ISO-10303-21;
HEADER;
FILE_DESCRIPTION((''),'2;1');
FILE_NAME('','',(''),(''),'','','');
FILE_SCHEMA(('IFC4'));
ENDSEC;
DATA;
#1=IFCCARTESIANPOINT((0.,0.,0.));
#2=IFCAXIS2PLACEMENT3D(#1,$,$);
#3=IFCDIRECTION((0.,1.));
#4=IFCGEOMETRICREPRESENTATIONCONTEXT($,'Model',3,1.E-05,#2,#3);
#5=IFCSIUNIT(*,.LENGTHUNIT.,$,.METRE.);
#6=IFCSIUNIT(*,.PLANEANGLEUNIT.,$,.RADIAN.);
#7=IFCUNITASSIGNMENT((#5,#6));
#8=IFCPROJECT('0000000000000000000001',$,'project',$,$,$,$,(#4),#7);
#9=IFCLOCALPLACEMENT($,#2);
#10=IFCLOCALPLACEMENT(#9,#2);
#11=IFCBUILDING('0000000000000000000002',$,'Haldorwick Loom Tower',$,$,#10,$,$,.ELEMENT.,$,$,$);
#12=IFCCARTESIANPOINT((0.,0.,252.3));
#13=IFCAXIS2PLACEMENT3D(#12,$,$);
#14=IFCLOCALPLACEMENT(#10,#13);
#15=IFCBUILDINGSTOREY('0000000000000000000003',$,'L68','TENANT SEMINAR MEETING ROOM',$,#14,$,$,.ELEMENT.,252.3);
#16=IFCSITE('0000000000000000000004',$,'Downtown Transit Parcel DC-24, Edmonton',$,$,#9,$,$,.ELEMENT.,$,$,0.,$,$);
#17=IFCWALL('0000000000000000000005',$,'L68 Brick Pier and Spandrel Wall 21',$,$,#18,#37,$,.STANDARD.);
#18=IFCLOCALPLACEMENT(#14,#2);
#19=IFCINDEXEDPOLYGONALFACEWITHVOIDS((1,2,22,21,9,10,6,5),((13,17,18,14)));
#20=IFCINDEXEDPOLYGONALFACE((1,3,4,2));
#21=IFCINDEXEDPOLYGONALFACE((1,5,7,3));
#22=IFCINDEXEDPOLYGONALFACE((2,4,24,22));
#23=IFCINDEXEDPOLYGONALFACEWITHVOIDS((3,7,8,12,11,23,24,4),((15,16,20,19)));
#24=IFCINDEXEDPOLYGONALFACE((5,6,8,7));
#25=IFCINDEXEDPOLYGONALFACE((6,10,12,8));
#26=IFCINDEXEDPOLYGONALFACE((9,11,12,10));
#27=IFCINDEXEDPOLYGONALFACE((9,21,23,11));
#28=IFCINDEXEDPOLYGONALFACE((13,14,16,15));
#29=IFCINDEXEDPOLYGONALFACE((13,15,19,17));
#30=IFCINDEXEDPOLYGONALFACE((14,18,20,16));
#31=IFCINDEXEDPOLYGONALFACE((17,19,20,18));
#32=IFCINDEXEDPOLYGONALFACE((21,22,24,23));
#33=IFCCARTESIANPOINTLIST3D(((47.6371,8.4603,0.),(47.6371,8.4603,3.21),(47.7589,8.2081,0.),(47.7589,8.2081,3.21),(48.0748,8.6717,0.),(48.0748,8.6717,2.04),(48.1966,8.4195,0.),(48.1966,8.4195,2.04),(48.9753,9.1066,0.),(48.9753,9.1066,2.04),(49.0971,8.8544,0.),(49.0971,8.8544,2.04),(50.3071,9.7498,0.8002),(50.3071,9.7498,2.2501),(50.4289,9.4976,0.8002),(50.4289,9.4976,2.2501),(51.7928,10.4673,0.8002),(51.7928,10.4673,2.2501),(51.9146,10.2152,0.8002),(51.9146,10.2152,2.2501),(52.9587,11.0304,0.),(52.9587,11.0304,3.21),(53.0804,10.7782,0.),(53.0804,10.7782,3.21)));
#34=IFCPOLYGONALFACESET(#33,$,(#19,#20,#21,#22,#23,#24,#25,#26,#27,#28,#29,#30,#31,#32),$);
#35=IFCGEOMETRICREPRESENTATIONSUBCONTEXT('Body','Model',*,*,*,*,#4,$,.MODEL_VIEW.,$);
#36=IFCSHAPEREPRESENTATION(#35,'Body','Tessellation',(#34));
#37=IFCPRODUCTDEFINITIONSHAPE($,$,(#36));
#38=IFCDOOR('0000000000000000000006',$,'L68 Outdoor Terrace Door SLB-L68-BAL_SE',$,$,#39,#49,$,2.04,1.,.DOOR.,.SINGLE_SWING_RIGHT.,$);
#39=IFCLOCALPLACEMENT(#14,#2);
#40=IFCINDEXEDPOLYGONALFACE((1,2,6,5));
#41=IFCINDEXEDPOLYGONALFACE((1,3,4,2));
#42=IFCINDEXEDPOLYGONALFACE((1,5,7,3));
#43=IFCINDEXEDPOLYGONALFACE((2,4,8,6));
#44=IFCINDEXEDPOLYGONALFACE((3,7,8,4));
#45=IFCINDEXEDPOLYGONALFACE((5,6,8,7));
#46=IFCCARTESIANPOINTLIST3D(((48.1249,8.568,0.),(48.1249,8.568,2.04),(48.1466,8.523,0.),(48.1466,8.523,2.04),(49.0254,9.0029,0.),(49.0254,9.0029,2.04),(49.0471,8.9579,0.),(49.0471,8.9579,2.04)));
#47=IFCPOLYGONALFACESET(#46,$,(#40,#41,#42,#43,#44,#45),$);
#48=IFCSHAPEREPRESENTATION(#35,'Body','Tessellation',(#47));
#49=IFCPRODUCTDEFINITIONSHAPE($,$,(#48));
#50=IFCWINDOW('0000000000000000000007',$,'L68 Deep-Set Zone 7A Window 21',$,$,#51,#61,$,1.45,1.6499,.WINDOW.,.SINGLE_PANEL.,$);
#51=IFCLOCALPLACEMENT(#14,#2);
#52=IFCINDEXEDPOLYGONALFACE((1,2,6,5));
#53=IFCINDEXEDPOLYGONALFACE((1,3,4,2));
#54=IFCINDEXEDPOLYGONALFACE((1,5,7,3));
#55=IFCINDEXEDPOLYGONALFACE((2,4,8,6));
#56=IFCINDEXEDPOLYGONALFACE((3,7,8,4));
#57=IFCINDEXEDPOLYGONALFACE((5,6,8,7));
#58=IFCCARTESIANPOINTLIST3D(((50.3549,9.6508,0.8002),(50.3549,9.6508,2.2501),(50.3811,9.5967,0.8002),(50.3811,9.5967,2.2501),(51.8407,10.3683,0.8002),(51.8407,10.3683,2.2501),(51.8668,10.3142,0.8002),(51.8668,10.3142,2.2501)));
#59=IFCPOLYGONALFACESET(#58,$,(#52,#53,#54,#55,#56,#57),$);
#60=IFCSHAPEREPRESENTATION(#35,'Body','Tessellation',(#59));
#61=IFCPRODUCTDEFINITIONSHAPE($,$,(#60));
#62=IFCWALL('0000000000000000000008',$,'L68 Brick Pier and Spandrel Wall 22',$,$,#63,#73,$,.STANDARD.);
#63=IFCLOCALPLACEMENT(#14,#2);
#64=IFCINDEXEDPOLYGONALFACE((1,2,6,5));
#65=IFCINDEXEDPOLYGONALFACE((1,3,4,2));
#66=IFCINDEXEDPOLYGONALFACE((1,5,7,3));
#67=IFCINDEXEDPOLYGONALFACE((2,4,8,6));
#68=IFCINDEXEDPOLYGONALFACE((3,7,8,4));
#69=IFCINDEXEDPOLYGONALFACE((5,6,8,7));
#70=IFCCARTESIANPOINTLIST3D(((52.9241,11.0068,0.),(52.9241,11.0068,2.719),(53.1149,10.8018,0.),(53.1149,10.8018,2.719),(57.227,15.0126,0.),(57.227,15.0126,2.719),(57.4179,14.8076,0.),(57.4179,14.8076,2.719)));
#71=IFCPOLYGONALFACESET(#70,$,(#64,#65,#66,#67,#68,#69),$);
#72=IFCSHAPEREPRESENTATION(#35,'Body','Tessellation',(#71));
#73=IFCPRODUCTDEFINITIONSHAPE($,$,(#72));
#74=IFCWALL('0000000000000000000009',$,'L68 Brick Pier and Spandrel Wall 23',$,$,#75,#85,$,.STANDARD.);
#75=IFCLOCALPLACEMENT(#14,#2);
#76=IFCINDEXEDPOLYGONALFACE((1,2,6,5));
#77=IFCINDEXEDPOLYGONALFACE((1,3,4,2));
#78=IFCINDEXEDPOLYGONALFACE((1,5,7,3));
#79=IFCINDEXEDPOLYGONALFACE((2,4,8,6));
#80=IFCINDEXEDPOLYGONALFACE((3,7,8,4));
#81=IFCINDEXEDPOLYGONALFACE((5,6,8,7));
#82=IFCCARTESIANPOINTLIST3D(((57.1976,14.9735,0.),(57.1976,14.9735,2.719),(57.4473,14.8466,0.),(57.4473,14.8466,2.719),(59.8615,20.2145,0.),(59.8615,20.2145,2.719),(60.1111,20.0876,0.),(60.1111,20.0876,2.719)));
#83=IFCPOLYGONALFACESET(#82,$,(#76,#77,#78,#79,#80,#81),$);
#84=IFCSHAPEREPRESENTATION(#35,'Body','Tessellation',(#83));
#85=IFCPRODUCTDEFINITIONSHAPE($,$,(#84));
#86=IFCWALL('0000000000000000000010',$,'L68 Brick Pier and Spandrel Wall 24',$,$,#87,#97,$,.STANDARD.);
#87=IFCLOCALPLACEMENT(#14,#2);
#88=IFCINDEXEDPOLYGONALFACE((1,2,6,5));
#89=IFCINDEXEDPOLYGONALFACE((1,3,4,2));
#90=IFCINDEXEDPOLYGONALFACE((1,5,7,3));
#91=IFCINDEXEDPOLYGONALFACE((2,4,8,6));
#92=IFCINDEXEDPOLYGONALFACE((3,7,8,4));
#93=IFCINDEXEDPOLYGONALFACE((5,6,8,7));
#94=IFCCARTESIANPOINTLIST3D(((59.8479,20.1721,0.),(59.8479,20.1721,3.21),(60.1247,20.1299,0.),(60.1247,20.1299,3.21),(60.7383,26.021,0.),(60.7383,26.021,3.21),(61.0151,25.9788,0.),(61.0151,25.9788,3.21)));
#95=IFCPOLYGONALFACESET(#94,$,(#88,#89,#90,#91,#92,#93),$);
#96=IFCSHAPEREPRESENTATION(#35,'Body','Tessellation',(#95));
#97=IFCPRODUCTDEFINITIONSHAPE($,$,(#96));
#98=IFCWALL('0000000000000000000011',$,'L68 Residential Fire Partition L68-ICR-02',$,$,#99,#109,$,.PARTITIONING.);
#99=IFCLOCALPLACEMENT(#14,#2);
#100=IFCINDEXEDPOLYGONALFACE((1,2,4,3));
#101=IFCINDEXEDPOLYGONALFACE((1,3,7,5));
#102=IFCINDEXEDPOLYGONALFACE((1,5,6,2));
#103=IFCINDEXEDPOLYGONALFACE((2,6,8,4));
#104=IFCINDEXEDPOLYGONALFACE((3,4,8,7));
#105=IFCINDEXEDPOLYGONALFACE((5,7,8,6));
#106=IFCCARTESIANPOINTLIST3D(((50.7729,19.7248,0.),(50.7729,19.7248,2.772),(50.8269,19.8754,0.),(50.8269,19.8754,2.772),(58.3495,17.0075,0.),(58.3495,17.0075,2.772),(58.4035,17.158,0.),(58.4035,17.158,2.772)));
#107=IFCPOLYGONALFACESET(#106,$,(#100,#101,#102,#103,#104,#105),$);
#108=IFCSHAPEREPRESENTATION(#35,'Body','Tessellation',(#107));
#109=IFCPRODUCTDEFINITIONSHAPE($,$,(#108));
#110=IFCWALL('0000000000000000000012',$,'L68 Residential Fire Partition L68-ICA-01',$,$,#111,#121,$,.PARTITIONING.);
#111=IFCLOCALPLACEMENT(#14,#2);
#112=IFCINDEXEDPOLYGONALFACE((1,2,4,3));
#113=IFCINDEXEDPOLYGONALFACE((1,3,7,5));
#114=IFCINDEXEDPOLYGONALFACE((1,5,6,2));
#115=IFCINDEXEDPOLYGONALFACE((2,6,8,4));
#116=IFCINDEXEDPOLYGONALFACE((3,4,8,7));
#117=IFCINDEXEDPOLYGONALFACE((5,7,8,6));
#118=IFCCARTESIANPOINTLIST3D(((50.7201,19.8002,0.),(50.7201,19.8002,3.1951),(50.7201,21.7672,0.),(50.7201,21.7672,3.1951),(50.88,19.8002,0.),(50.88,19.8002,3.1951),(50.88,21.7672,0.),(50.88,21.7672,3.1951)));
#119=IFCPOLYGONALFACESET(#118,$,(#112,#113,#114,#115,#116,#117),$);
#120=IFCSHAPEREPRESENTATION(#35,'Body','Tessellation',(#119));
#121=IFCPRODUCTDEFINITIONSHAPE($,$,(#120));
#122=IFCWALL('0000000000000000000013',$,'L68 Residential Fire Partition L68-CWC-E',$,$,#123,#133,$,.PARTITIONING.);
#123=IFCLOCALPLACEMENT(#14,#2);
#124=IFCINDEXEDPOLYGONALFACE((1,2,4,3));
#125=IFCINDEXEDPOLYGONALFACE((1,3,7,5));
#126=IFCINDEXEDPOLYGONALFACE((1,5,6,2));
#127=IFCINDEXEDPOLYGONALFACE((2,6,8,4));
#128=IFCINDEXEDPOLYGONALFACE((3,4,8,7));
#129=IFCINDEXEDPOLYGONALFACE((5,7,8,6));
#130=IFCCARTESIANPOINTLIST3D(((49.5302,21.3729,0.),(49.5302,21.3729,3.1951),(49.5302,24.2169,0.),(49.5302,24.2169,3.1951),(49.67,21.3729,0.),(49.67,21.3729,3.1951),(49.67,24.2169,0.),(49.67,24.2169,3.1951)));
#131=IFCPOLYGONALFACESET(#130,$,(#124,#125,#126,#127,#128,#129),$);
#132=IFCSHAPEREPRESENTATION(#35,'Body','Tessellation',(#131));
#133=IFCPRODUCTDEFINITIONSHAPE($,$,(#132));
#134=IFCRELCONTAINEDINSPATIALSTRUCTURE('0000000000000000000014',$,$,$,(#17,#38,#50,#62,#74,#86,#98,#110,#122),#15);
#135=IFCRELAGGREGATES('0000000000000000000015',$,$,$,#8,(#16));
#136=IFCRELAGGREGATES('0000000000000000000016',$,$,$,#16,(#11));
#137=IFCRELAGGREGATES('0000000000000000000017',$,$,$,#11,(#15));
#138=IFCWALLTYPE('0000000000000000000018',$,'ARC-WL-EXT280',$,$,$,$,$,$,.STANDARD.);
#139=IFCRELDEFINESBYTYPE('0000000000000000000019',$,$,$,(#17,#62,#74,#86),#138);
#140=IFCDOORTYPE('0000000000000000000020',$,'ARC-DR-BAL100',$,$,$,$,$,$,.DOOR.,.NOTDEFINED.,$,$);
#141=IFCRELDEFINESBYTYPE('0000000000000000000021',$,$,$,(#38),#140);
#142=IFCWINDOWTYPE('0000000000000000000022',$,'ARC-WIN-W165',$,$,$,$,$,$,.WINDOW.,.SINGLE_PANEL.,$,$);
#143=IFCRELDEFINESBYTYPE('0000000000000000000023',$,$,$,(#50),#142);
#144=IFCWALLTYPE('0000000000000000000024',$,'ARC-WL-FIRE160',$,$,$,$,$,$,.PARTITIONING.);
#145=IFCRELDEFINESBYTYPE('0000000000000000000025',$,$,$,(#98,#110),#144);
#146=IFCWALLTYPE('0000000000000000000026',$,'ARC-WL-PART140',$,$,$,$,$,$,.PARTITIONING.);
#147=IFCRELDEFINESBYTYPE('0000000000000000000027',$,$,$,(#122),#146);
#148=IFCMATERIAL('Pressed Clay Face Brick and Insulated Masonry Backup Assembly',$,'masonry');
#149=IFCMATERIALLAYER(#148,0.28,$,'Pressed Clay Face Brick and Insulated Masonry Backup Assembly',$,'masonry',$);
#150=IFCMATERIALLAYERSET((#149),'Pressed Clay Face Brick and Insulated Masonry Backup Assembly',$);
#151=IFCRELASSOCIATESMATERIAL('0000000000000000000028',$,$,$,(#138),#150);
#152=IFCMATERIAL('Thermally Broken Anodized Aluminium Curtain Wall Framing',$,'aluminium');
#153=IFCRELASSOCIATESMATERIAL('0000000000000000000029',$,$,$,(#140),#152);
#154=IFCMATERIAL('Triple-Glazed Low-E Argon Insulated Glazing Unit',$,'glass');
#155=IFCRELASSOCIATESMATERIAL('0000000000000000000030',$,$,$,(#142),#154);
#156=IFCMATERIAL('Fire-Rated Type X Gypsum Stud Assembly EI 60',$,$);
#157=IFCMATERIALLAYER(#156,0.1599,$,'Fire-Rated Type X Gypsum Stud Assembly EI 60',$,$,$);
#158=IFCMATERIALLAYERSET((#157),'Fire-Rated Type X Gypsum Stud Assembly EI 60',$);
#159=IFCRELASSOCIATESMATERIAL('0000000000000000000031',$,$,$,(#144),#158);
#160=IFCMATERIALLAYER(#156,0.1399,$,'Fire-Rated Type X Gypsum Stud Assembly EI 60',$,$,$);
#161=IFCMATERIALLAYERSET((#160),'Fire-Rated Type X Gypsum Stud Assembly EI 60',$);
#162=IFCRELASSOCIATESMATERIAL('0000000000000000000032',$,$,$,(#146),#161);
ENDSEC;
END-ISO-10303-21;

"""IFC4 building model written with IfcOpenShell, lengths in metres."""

from ifc_helpers import new_model, si_unit, direction, frame, frame_2d, origin, place, context, subcontext, project, spatial, rectangle, extrude, material, layer, layer_set, type_object, element, fill, save


model = new_model("IFC4")

# Units and contexts
model_context = context("Model", 3, precision=1e-05, world=origin(), true_north=direction((0.0, 1.0)))
body_context = subcontext(model_context, "Body", "Model", "MODEL_VIEW")
ifc_project = project(units=[si_unit("LENGTHUNIT", "METRE"), si_unit("PLANEANGLEUNIT", "RADIAN")], contexts=[model_context])

# Site, building, storey
site_placement = place(None, origin())
site = spatial("IfcSite", under=ifc_project, at=site_placement, Name="Downtown Transit Parcel DC-24, Edmonton", CompositionType="ELEMENT", RefElevation=0.0)
building_placement = place(site_placement, origin())
building = spatial("IfcBuilding", under=site, at=building_placement, Name="Haldorwick Loom Tower", CompositionType="ELEMENT")
storey_placement = place(building_placement, frame((0.0, 0.0, 252.3)))
storey = spatial("IfcBuildingStorey", under=building, at=storey_placement, Name="L68", Description="TENANT SEMINAR MEETING ROOM", CompositionType="ELEMENT", Elevation=252.3)

# Wall, openings, door, window
ifc_material_1 = material(Name="Pressed Clay Face Brick and Insulated Masonry Backup Assembly", Category="masonry")
ifc_layer_1 = layer(ifc_material_1, 0.28, Name="Pressed Clay Face Brick and Insulated Masonry Backup Assembly", Category="masonry")
ifc_layer_set_1 = layer_set([ifc_layer_1], Name="Pressed Clay Face Brick and Insulated Masonry Backup Assembly")
wall_type_1 = type_object("IfcWallType", Name="ARC-WL-EXT280", PredefinedType="STANDARD", material=ifc_layer_set_1)
wall_1_placement = place(storey_placement, frame((47.698, 8.3342, 0.0), z_axis=(0.0, 0.0, 1.0), x_axis=(0.900482, 0.434893, 0.0)))
wall_1 = element("IfcWall", 1, at=wall_1_placement, inside=storey, type_object=wall_type_1, Name="L68 Brick Pier and Spandrel Wall 21", PredefinedType="STANDARD", context=body_context, shape_type="SweptSolid", body=[
    extrude(rectangle(XDim=5.9097, YDim=0.28, at=frame_2d((2.9548, 0.0))), origin(), (0.0, 0.0, 1.0), 3.21),
])
opening_1_placement = place(wall_1_placement, frame((0.4861, 0.0, 0.0)))
opening_1 = element("IfcOpeningElement", 2, at=opening_1_placement, cuts=wall_1, PredefinedType="OPENING", context=body_context, shape_type="SweptSolid", body=[
    extrude(rectangle(XDim=1.0, YDim=2.04, at=frame_2d((0.5, 1.02))), frame((0.0, 0.1499, 0.0), z_axis=(0.0, -1.0, 0.0), x_axis=(1.0, 0.0, 0.0)), (0.0, 0.0, 1.0), 0.3),
])
opening_2_placement = place(wall_1_placement, frame((2.9651, 0.0, 0.8)))
opening_2 = element("IfcOpeningElement", 3, at=opening_2_placement, cuts=wall_1, PredefinedType="OPENING", context=body_context, shape_type="SweptSolid", body=[
    extrude(rectangle(XDim=1.6499, YDim=1.45, at=frame_2d((0.825, 0.7251))), frame((0.0, 0.1499, 0.0), z_axis=(0.0, -1.0, 0.0), x_axis=(1.0, 0.0, 0.0)), (0.0, 0.0, 1.0), 0.3),
])
ifc_material_2 = material(Name="Thermally Broken Anodized Aluminium Curtain Wall Framing", Category="aluminium")
door_type = type_object("IfcDoorType", Name="ARC-DR-BAL100", OperationType="NOTDEFINED", PredefinedType="DOOR", material=ifc_material_2)
door_placement = place(opening_1_placement, origin())
door = element("IfcDoor", 4, at=door_placement, inside=storey, type_object=door_type, Name="L68 Outdoor Terrace Door SLB-L68-BAL_SE", OperationType="SINGLE_SWING_RIGHT", OverallHeight=2.04, OverallWidth=1.0, PredefinedType="DOOR", context=body_context, shape_type="SweptSolid", body=[
    extrude(rectangle(XDim=1.0, YDim=2.04, at=frame_2d((0.5, 1.02))), frame((0.0, 0.0249, 0.0), z_axis=(0.0, -1.0, 0.0), x_axis=(1.0, 0.0, 0.0)), (0.0, 0.0, 1.0), 0.05),
])
fill(opening_1, door)
ifc_material_3 = material(Name="Triple-Glazed Low-E Argon Insulated Glazing Unit", Category="glass")
window_type = type_object("IfcWindowType", Name="ARC-WIN-W165", PartitioningType="SINGLE_PANEL", PredefinedType="WINDOW", material=ifc_material_3)
window_placement = place(opening_2_placement, origin())
window = element("IfcWindow", 5, at=window_placement, inside=storey, type_object=window_type, Name="L68 Deep-Set Zone 7A Window 21", OverallHeight=1.45, OverallWidth=1.6499, PartitioningType="SINGLE_PANEL", PredefinedType="WINDOW", context=body_context, shape_type="SweptSolid", body=[
    extrude(rectangle(XDim=1.6499, YDim=1.45, at=frame_2d((0.825, 0.7251))), frame((0.0, 0.03, 0.0), z_axis=(0.0, -1.0, 0.0), x_axis=(1.0, 0.0, 0.0)), (0.0, 0.0, 1.0), 0.0601),
])
fill(opening_2, window)

# Walls
wall_2_placement = place(storey_placement, frame((53.0195, 10.9043, 0.0), z_axis=(0.0, 0.0, 1.0), x_axis=(0.731925, 0.681386, 0.0)))
element("IfcWall", 6, at=wall_2_placement, inside=storey, type_object=wall_type_1, Name="L68 Brick Pier and Spandrel Wall 22", PredefinedType="STANDARD", context=body_context, shape_type="SweptSolid", body=[
    extrude(rectangle(XDim=5.8789, YDim=0.28, at=frame_2d((2.9395, 0.0))), origin(), (0.0, 0.0, 1.0), 2.719),
])
wall_3_placement = place(storey_placement, frame((57.3225, 14.9102, 0.0), z_axis=(0.0, 0.0, 1.0), x_axis=(0.453101, 0.891459, 0.0)))
element("IfcWall", 7, at=wall_3_placement, inside=storey, type_object=wall_type_1, Name="L68 Brick Pier and Spandrel Wall 23", PredefinedType="STANDARD", context=body_context, shape_type="SweptSolid", body=[
    extrude(rectangle(XDim=5.8792, YDim=0.28, at=frame_2d((2.9395, 0.0))), origin(), (0.0, 0.0, 1.0), 2.719),
])
wall_4_placement = place(storey_placement, frame((59.9863, 20.1511, 0.0), z_axis=(0.0, 0.0, 1.0), x_axis=(0.150497, 0.98861, 0.0)))
element("IfcWall", 8, at=wall_4_placement, inside=storey, type_object=wall_type_1, Name="L68 Brick Pier and Spandrel Wall 24", PredefinedType="STANDARD", context=body_context, shape_type="SweptSolid", body=[
    extrude(rectangle(XDim=5.9163, YDim=0.28, at=frame_2d((2.958, 0.0))), origin(), (0.0, 0.0, 1.0), 3.21),
])
ifc_material_4 = material(Name="Fire-Rated Type X Gypsum Stud Assembly EI 60")
ifc_layer_2 = layer(ifc_material_4, 0.1599, Name="Fire-Rated Type X Gypsum Stud Assembly EI 60")
ifc_layer_set_2 = layer_set([ifc_layer_2], Name="Fire-Rated Type X Gypsum Stud Assembly EI 60")
wall_type_2 = type_object("IfcWallType", Name="ARC-WL-FIRE160", PredefinedType="PARTITIONING", material=ifc_layer_set_2)
wall_5_placement = place(storey_placement, frame((50.8, 19.8, 0.0), z_axis=(0.0, 0.0, 1.0), x_axis=(0.941292, -0.337595, 0.0)))
element("IfcWall", 9, at=wall_5_placement, inside=storey, type_object=wall_type_2, Name="L68 Residential Fire Partition L68-ICR-02", PredefinedType="PARTITIONING", context=body_context, shape_type="SweptSolid", body=[
    extrude(rectangle(XDim=8.0491, YDim=0.1599, at=frame_2d((4.0244, 0.0))), origin(), (0.0, 0.0, 1.0), 2.772),
])
wall_6_placement = place(storey_placement, frame((50.8, 21.7671, 0.0), z_axis=(0.0, 0.0, 1.0), x_axis=(0.0, -1.0, 0.0)))
element("IfcWall", 10, at=wall_6_placement, inside=storey, type_object=wall_type_2, Name="L68 Residential Fire Partition L68-ICA-01", PredefinedType="PARTITIONING", context=body_context, shape_type="SweptSolid", body=[
    extrude(rectangle(XDim=1.967, YDim=0.1599, at=frame_2d((0.9834, 0.0))), origin(), (0.0, 0.0, 1.0), 3.1951),
])
ifc_layer_3 = layer(ifc_material_4, 0.1399, Name="Fire-Rated Type X Gypsum Stud Assembly EI 60")
ifc_layer_set_3 = layer_set([ifc_layer_3], Name="Fire-Rated Type X Gypsum Stud Assembly EI 60")
wall_type_3 = type_object("IfcWallType", Name="ARC-WL-PART140", PredefinedType="PARTITIONING", material=ifc_layer_set_3)
wall_7_placement = place(storey_placement, frame((49.6001, 21.373, 0.0), z_axis=(0.0, 0.0, 1.0), x_axis=(0.0, 1.0, 0.0)))
element("IfcWall", 11, at=wall_7_placement, inside=storey, type_object=wall_type_3, Name="L68 Residential Fire Partition L68-CWC-E", PredefinedType="PARTITIONING", context=body_context, shape_type="SweptSolid", body=[
    extrude(rectangle(XDim=2.844, YDim=0.1399, at=frame_2d((1.4219, 0.0))), origin(), (0.0, 0.0, 1.0), 3.1951),
])

save(model, "model.ifc")
